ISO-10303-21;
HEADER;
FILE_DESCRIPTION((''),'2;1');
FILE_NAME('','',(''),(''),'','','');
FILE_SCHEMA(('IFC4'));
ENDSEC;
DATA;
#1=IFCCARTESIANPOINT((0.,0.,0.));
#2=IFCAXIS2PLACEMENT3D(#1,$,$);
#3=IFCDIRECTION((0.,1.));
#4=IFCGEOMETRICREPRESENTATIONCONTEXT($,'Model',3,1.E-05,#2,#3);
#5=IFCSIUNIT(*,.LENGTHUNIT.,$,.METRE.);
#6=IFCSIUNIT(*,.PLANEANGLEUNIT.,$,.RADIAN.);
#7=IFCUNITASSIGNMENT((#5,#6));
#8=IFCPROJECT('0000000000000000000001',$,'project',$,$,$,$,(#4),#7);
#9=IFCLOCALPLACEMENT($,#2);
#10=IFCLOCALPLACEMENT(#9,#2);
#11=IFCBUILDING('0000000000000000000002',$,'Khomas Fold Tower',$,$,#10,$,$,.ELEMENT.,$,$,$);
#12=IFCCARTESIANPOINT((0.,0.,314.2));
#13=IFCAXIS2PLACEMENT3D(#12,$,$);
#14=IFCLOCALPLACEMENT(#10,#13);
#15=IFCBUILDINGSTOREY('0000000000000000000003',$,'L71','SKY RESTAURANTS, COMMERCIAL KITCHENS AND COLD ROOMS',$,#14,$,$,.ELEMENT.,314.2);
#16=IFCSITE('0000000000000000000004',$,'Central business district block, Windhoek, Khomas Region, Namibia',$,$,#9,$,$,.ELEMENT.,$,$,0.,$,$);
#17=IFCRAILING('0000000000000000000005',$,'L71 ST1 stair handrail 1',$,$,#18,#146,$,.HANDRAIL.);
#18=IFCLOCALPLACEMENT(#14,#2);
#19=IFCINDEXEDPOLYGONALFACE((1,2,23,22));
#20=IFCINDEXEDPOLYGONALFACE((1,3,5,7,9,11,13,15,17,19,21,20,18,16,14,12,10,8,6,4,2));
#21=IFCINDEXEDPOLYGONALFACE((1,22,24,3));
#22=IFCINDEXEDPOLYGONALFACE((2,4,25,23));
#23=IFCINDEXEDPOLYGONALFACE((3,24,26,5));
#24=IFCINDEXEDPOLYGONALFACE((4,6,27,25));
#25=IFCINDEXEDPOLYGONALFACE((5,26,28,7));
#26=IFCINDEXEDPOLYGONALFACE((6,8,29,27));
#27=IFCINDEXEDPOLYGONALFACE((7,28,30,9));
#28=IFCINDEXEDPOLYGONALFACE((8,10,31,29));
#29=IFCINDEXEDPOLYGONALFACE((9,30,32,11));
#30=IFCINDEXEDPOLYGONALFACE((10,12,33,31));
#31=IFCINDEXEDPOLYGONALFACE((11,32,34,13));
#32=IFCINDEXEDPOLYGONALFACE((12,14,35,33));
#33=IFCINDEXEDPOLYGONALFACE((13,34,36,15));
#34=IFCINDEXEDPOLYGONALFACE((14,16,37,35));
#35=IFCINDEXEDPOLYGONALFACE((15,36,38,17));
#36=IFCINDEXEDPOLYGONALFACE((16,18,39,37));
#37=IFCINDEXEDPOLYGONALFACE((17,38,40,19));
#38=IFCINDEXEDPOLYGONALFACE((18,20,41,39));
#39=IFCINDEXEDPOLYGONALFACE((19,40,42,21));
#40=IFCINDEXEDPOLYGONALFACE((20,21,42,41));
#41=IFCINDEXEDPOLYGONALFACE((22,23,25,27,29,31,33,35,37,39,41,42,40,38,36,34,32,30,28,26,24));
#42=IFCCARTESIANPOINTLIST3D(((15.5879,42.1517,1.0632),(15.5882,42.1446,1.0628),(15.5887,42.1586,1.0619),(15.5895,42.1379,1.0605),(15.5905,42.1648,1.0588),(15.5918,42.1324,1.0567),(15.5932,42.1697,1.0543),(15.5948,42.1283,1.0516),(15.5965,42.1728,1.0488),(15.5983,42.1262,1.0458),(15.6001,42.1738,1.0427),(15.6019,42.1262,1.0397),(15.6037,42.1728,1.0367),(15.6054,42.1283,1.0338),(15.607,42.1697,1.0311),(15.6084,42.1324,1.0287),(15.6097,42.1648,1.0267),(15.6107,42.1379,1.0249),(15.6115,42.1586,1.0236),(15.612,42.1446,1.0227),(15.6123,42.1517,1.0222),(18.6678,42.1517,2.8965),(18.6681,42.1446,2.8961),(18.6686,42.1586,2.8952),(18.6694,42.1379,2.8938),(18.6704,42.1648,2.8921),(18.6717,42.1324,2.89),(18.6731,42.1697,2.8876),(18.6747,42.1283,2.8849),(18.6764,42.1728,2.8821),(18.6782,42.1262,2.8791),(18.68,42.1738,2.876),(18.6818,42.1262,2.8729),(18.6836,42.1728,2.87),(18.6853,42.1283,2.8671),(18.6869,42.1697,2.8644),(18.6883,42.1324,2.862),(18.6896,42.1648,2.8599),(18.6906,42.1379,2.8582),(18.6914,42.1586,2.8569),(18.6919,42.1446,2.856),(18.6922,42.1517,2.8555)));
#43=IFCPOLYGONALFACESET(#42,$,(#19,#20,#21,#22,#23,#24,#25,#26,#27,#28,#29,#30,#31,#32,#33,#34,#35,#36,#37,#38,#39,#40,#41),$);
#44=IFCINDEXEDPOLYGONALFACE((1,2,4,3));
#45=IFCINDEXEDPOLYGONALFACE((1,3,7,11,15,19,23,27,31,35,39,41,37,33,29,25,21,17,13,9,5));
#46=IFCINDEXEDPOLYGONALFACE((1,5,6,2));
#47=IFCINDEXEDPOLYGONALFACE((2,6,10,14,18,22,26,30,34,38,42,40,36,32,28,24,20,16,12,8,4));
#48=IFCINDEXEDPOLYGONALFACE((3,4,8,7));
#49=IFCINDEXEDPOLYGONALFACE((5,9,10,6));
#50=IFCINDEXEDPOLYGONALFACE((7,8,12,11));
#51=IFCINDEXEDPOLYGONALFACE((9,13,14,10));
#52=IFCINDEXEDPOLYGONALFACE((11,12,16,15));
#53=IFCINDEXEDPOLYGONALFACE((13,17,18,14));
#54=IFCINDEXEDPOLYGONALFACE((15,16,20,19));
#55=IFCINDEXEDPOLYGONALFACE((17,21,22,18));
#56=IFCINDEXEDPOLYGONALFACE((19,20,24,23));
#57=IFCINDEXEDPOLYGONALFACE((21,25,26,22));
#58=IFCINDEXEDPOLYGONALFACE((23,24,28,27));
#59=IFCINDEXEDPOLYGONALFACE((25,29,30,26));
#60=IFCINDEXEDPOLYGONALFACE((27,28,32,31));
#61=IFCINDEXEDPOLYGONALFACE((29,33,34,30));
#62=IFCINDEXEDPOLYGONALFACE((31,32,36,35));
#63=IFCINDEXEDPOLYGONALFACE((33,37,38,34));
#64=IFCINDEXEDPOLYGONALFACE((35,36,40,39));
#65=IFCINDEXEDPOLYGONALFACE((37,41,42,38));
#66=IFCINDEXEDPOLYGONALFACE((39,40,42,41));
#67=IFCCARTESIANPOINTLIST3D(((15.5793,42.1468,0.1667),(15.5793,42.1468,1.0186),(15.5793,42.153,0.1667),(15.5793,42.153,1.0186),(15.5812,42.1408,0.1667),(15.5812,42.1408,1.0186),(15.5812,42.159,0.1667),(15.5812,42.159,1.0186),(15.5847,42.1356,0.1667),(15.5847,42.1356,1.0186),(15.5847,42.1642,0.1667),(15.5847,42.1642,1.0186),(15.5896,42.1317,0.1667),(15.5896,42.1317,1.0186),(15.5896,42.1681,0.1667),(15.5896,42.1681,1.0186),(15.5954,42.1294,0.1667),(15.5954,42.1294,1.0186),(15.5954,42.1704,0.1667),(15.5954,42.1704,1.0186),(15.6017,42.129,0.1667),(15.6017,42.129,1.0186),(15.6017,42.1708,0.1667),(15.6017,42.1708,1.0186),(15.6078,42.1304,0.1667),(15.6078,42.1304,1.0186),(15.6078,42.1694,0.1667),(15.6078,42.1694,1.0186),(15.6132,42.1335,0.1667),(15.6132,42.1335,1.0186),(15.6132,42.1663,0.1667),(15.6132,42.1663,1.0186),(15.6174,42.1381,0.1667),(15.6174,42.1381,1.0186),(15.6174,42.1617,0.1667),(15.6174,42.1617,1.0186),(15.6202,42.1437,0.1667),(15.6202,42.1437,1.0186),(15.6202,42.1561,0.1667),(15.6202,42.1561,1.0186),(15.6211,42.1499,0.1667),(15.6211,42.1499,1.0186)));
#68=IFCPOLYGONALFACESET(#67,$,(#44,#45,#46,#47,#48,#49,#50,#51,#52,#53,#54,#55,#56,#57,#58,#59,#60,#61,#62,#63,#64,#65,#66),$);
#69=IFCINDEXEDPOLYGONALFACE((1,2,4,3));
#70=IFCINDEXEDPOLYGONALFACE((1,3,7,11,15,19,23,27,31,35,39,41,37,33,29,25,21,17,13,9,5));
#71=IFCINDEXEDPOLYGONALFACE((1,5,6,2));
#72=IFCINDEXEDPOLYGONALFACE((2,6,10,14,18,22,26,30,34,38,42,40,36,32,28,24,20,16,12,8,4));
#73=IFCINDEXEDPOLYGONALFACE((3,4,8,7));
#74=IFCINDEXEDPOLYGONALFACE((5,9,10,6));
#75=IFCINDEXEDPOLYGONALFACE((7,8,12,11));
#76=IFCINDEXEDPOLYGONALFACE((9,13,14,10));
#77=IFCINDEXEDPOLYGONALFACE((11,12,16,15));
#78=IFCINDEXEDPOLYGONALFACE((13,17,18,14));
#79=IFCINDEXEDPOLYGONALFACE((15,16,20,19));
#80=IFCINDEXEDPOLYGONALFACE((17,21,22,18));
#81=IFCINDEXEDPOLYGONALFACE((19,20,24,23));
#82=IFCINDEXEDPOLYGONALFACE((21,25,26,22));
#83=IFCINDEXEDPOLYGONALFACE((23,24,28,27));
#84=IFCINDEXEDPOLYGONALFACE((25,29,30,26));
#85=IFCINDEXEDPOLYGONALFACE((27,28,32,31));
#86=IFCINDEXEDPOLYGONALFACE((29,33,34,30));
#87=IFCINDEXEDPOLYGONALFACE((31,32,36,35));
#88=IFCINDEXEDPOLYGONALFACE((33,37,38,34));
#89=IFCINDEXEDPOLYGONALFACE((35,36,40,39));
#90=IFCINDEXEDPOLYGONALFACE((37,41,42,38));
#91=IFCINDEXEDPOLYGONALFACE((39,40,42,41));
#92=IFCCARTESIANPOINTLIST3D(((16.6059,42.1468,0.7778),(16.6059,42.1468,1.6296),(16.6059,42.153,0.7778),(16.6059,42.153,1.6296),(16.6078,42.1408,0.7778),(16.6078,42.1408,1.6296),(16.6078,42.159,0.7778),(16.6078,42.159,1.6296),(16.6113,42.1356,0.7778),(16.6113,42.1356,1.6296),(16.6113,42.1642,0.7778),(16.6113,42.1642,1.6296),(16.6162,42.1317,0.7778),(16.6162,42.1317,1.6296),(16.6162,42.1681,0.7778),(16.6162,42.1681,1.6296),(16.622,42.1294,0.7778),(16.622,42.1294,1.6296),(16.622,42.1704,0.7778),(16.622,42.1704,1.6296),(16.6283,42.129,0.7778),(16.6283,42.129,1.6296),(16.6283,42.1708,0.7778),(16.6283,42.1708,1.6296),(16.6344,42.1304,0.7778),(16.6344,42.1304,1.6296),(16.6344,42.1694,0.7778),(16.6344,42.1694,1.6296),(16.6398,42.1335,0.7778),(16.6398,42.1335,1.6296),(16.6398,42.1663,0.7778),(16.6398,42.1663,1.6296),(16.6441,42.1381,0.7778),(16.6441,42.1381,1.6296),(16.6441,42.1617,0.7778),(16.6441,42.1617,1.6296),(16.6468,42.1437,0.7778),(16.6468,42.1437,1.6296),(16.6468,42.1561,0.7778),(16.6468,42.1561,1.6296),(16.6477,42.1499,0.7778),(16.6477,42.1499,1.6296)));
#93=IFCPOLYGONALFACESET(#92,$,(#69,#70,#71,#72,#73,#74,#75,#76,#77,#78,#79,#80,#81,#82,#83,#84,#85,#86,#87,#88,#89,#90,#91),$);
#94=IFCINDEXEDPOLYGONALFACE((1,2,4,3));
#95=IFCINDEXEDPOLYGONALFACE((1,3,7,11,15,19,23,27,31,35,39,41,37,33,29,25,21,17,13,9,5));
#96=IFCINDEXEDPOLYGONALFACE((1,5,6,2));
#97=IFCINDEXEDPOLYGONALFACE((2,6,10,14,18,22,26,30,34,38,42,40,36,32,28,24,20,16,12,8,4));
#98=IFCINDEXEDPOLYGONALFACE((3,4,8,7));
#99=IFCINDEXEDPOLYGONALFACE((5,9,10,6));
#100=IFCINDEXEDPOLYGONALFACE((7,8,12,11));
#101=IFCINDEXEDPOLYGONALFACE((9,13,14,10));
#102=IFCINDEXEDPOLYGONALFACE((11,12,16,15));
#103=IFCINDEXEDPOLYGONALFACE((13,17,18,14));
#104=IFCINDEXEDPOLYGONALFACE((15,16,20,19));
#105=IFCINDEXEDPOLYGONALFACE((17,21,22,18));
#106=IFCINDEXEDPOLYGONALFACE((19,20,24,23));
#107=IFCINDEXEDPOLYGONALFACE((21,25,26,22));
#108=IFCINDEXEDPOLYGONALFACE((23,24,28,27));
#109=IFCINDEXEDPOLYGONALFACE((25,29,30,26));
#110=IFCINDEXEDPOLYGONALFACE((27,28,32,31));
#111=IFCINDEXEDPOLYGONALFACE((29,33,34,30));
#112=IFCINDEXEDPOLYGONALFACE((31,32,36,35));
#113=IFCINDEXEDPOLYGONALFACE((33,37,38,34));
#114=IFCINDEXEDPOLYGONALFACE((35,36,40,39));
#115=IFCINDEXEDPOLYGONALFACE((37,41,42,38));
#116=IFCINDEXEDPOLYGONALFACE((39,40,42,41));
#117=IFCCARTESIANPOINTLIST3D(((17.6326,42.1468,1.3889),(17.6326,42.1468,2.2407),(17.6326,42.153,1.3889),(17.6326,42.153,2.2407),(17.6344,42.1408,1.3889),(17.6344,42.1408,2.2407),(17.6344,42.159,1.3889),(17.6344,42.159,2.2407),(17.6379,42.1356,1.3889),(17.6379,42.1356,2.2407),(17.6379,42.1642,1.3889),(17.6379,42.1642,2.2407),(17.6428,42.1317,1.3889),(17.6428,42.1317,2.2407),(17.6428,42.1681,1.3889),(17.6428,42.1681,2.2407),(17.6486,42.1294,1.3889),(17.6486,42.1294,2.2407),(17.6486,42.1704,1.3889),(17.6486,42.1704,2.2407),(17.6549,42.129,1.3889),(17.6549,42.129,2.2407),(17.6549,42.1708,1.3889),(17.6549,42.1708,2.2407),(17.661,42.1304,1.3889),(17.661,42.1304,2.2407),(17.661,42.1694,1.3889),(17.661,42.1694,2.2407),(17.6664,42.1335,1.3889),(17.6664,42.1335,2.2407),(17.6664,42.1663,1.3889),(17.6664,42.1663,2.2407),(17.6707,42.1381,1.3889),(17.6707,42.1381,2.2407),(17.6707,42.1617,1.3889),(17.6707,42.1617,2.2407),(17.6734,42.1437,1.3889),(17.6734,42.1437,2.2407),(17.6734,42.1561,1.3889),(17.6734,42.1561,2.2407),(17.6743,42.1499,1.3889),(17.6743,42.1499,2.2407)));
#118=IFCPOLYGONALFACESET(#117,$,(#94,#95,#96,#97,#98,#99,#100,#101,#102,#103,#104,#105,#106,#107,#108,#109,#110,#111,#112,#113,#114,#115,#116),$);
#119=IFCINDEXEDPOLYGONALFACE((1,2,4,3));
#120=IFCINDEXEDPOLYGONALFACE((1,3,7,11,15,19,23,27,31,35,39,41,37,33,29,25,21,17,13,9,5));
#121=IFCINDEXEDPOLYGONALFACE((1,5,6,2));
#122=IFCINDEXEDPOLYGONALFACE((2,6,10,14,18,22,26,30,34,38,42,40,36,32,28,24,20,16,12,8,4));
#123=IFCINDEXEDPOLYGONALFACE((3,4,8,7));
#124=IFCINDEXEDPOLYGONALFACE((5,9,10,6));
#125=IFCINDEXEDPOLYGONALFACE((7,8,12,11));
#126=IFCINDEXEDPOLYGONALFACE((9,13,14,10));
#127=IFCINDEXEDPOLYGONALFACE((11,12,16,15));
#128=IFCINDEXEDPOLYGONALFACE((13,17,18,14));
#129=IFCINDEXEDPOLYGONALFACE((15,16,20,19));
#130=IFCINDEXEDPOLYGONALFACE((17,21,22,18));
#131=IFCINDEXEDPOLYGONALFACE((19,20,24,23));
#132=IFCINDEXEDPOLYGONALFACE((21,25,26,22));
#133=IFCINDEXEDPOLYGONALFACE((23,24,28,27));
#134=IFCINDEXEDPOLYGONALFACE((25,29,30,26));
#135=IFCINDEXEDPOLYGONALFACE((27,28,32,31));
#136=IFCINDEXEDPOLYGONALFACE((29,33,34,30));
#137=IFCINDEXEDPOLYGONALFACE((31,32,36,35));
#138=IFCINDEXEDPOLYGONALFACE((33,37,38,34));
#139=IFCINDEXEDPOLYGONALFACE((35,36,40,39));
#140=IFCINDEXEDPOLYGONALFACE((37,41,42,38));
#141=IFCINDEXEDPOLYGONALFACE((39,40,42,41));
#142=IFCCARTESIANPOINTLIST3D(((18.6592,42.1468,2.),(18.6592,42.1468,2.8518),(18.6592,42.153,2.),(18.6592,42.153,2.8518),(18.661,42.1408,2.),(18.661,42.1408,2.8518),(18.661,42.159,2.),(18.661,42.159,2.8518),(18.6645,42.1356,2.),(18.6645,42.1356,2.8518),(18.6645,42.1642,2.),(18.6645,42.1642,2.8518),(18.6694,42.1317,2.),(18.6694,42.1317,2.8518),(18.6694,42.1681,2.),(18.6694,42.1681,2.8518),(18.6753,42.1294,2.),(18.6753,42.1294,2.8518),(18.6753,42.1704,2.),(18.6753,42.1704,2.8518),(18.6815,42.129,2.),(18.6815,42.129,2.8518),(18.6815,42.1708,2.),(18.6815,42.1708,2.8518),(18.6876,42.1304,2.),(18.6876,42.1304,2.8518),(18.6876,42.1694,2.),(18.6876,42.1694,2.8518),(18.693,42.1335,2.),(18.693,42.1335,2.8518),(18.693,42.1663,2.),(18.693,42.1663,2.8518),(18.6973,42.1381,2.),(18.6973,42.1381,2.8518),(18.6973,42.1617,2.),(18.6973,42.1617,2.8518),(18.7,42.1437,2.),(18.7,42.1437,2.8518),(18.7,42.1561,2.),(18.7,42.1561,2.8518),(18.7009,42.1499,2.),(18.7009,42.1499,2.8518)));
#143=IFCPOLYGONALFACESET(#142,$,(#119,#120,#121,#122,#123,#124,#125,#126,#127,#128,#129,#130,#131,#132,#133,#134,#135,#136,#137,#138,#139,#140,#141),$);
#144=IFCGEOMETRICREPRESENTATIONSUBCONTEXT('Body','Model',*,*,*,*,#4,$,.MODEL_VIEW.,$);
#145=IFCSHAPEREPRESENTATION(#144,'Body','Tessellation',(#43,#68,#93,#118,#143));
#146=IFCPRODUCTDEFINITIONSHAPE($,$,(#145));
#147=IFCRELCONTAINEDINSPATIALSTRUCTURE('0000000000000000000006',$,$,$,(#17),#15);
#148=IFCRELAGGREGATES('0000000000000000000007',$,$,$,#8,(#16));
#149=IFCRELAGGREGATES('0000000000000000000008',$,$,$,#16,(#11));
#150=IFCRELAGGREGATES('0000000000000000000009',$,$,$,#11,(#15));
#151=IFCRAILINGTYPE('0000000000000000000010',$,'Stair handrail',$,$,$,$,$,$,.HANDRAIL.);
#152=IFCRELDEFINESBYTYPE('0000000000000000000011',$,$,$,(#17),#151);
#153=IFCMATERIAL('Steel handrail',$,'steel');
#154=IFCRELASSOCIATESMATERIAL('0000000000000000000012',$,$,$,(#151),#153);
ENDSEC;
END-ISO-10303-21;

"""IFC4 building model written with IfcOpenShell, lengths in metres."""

from ifc_helpers import new_model, si_unit, direction, frame, origin, origin_2d, place, context, subcontext, project, spatial, circle, extrude, source, transform, mapped, material, type_object, element, save


model = new_model("IFC4")

# Units and contexts
model_context = context("Model", 3, precision=1e-05, world=origin(), true_north=direction((0.0, 1.0)))
body_context = subcontext(model_context, "Body", "Model", "MODEL_VIEW")
ifc_project = project(units=[si_unit("LENGTHUNIT", "METRE"), si_unit("PLANEANGLEUNIT", "RADIAN")], contexts=[model_context])

# Site, building, storey
site_placement = place(None, origin())
site = spatial("IfcSite", under=ifc_project, at=site_placement, Name="Central business district block, Windhoek, Khomas Region, Namibia", CompositionType="ELEMENT", RefElevation=0.0)
building_placement = place(site_placement, origin())
building = spatial("IfcBuilding", under=site, at=building_placement, Name="Khomas Fold Tower", CompositionType="ELEMENT")
storey_placement = place(building_placement, frame((0.0, 0.0, 314.2)))
storey = spatial("IfcBuildingStorey", under=building, at=storey_placement, Name="L71", Description="SKY RESTAURANTS, COMMERCIAL KITCHENS AND COLD ROOMS", CompositionType="ELEMENT", Elevation=314.2)

# Railing
ifc_material_1 = material(Name="Steel handrail", Category="steel")
railing_type_1 = type_object("IfcRailingType", Name="Stair handrail", PredefinedType="HANDRAIL", material=ifc_material_1)
shared_shape_1 = source(origin(), body_context, "Body", "SweptSolid", [
    extrude(circle(Radius=0.0239, at=origin_2d()), frame((0.0, 0.0, 0.876), z_axis=(0.859291, 0.0, 0.511487), x_axis=(0.0, 1.0, 0.0)), (0.0, 0.0, 1.0), 3.5842),
    extrude(circle(Radius=0.021, at=origin_2d()), origin(), (0.0, 0.0, 1.0), 0.8518),
    extrude(circle(Radius=0.021, at=origin_2d()), frame((1.0266, 0.0, 0.6111)), (0.0, 0.0, 1.0), 0.8518),
    extrude(circle(Radius=0.021, at=origin_2d()), frame((2.0532, 0.0, 1.2222)), (0.0, 0.0, 1.0), 0.8518),
    extrude(circle(Radius=0.021, at=origin_2d()), frame((3.0798, 0.0, 1.8333)), (0.0, 0.0, 1.0), 0.8518),
])
railing_1_placement = place(storey_placement, frame((15.6001, 42.1499, 0.1667)))
element("IfcRailing", 1, at=railing_1_placement, inside=storey, type_object=railing_type_1, Name="L71 ST1 stair handrail 1", PredefinedType="HANDRAIL", context=body_context, shape_type="MappedRepresentation", body=[
    mapped(shared_shape_1, transform((0.0, 0.0, 0.0))),
])

save(model, "model.ifc")
